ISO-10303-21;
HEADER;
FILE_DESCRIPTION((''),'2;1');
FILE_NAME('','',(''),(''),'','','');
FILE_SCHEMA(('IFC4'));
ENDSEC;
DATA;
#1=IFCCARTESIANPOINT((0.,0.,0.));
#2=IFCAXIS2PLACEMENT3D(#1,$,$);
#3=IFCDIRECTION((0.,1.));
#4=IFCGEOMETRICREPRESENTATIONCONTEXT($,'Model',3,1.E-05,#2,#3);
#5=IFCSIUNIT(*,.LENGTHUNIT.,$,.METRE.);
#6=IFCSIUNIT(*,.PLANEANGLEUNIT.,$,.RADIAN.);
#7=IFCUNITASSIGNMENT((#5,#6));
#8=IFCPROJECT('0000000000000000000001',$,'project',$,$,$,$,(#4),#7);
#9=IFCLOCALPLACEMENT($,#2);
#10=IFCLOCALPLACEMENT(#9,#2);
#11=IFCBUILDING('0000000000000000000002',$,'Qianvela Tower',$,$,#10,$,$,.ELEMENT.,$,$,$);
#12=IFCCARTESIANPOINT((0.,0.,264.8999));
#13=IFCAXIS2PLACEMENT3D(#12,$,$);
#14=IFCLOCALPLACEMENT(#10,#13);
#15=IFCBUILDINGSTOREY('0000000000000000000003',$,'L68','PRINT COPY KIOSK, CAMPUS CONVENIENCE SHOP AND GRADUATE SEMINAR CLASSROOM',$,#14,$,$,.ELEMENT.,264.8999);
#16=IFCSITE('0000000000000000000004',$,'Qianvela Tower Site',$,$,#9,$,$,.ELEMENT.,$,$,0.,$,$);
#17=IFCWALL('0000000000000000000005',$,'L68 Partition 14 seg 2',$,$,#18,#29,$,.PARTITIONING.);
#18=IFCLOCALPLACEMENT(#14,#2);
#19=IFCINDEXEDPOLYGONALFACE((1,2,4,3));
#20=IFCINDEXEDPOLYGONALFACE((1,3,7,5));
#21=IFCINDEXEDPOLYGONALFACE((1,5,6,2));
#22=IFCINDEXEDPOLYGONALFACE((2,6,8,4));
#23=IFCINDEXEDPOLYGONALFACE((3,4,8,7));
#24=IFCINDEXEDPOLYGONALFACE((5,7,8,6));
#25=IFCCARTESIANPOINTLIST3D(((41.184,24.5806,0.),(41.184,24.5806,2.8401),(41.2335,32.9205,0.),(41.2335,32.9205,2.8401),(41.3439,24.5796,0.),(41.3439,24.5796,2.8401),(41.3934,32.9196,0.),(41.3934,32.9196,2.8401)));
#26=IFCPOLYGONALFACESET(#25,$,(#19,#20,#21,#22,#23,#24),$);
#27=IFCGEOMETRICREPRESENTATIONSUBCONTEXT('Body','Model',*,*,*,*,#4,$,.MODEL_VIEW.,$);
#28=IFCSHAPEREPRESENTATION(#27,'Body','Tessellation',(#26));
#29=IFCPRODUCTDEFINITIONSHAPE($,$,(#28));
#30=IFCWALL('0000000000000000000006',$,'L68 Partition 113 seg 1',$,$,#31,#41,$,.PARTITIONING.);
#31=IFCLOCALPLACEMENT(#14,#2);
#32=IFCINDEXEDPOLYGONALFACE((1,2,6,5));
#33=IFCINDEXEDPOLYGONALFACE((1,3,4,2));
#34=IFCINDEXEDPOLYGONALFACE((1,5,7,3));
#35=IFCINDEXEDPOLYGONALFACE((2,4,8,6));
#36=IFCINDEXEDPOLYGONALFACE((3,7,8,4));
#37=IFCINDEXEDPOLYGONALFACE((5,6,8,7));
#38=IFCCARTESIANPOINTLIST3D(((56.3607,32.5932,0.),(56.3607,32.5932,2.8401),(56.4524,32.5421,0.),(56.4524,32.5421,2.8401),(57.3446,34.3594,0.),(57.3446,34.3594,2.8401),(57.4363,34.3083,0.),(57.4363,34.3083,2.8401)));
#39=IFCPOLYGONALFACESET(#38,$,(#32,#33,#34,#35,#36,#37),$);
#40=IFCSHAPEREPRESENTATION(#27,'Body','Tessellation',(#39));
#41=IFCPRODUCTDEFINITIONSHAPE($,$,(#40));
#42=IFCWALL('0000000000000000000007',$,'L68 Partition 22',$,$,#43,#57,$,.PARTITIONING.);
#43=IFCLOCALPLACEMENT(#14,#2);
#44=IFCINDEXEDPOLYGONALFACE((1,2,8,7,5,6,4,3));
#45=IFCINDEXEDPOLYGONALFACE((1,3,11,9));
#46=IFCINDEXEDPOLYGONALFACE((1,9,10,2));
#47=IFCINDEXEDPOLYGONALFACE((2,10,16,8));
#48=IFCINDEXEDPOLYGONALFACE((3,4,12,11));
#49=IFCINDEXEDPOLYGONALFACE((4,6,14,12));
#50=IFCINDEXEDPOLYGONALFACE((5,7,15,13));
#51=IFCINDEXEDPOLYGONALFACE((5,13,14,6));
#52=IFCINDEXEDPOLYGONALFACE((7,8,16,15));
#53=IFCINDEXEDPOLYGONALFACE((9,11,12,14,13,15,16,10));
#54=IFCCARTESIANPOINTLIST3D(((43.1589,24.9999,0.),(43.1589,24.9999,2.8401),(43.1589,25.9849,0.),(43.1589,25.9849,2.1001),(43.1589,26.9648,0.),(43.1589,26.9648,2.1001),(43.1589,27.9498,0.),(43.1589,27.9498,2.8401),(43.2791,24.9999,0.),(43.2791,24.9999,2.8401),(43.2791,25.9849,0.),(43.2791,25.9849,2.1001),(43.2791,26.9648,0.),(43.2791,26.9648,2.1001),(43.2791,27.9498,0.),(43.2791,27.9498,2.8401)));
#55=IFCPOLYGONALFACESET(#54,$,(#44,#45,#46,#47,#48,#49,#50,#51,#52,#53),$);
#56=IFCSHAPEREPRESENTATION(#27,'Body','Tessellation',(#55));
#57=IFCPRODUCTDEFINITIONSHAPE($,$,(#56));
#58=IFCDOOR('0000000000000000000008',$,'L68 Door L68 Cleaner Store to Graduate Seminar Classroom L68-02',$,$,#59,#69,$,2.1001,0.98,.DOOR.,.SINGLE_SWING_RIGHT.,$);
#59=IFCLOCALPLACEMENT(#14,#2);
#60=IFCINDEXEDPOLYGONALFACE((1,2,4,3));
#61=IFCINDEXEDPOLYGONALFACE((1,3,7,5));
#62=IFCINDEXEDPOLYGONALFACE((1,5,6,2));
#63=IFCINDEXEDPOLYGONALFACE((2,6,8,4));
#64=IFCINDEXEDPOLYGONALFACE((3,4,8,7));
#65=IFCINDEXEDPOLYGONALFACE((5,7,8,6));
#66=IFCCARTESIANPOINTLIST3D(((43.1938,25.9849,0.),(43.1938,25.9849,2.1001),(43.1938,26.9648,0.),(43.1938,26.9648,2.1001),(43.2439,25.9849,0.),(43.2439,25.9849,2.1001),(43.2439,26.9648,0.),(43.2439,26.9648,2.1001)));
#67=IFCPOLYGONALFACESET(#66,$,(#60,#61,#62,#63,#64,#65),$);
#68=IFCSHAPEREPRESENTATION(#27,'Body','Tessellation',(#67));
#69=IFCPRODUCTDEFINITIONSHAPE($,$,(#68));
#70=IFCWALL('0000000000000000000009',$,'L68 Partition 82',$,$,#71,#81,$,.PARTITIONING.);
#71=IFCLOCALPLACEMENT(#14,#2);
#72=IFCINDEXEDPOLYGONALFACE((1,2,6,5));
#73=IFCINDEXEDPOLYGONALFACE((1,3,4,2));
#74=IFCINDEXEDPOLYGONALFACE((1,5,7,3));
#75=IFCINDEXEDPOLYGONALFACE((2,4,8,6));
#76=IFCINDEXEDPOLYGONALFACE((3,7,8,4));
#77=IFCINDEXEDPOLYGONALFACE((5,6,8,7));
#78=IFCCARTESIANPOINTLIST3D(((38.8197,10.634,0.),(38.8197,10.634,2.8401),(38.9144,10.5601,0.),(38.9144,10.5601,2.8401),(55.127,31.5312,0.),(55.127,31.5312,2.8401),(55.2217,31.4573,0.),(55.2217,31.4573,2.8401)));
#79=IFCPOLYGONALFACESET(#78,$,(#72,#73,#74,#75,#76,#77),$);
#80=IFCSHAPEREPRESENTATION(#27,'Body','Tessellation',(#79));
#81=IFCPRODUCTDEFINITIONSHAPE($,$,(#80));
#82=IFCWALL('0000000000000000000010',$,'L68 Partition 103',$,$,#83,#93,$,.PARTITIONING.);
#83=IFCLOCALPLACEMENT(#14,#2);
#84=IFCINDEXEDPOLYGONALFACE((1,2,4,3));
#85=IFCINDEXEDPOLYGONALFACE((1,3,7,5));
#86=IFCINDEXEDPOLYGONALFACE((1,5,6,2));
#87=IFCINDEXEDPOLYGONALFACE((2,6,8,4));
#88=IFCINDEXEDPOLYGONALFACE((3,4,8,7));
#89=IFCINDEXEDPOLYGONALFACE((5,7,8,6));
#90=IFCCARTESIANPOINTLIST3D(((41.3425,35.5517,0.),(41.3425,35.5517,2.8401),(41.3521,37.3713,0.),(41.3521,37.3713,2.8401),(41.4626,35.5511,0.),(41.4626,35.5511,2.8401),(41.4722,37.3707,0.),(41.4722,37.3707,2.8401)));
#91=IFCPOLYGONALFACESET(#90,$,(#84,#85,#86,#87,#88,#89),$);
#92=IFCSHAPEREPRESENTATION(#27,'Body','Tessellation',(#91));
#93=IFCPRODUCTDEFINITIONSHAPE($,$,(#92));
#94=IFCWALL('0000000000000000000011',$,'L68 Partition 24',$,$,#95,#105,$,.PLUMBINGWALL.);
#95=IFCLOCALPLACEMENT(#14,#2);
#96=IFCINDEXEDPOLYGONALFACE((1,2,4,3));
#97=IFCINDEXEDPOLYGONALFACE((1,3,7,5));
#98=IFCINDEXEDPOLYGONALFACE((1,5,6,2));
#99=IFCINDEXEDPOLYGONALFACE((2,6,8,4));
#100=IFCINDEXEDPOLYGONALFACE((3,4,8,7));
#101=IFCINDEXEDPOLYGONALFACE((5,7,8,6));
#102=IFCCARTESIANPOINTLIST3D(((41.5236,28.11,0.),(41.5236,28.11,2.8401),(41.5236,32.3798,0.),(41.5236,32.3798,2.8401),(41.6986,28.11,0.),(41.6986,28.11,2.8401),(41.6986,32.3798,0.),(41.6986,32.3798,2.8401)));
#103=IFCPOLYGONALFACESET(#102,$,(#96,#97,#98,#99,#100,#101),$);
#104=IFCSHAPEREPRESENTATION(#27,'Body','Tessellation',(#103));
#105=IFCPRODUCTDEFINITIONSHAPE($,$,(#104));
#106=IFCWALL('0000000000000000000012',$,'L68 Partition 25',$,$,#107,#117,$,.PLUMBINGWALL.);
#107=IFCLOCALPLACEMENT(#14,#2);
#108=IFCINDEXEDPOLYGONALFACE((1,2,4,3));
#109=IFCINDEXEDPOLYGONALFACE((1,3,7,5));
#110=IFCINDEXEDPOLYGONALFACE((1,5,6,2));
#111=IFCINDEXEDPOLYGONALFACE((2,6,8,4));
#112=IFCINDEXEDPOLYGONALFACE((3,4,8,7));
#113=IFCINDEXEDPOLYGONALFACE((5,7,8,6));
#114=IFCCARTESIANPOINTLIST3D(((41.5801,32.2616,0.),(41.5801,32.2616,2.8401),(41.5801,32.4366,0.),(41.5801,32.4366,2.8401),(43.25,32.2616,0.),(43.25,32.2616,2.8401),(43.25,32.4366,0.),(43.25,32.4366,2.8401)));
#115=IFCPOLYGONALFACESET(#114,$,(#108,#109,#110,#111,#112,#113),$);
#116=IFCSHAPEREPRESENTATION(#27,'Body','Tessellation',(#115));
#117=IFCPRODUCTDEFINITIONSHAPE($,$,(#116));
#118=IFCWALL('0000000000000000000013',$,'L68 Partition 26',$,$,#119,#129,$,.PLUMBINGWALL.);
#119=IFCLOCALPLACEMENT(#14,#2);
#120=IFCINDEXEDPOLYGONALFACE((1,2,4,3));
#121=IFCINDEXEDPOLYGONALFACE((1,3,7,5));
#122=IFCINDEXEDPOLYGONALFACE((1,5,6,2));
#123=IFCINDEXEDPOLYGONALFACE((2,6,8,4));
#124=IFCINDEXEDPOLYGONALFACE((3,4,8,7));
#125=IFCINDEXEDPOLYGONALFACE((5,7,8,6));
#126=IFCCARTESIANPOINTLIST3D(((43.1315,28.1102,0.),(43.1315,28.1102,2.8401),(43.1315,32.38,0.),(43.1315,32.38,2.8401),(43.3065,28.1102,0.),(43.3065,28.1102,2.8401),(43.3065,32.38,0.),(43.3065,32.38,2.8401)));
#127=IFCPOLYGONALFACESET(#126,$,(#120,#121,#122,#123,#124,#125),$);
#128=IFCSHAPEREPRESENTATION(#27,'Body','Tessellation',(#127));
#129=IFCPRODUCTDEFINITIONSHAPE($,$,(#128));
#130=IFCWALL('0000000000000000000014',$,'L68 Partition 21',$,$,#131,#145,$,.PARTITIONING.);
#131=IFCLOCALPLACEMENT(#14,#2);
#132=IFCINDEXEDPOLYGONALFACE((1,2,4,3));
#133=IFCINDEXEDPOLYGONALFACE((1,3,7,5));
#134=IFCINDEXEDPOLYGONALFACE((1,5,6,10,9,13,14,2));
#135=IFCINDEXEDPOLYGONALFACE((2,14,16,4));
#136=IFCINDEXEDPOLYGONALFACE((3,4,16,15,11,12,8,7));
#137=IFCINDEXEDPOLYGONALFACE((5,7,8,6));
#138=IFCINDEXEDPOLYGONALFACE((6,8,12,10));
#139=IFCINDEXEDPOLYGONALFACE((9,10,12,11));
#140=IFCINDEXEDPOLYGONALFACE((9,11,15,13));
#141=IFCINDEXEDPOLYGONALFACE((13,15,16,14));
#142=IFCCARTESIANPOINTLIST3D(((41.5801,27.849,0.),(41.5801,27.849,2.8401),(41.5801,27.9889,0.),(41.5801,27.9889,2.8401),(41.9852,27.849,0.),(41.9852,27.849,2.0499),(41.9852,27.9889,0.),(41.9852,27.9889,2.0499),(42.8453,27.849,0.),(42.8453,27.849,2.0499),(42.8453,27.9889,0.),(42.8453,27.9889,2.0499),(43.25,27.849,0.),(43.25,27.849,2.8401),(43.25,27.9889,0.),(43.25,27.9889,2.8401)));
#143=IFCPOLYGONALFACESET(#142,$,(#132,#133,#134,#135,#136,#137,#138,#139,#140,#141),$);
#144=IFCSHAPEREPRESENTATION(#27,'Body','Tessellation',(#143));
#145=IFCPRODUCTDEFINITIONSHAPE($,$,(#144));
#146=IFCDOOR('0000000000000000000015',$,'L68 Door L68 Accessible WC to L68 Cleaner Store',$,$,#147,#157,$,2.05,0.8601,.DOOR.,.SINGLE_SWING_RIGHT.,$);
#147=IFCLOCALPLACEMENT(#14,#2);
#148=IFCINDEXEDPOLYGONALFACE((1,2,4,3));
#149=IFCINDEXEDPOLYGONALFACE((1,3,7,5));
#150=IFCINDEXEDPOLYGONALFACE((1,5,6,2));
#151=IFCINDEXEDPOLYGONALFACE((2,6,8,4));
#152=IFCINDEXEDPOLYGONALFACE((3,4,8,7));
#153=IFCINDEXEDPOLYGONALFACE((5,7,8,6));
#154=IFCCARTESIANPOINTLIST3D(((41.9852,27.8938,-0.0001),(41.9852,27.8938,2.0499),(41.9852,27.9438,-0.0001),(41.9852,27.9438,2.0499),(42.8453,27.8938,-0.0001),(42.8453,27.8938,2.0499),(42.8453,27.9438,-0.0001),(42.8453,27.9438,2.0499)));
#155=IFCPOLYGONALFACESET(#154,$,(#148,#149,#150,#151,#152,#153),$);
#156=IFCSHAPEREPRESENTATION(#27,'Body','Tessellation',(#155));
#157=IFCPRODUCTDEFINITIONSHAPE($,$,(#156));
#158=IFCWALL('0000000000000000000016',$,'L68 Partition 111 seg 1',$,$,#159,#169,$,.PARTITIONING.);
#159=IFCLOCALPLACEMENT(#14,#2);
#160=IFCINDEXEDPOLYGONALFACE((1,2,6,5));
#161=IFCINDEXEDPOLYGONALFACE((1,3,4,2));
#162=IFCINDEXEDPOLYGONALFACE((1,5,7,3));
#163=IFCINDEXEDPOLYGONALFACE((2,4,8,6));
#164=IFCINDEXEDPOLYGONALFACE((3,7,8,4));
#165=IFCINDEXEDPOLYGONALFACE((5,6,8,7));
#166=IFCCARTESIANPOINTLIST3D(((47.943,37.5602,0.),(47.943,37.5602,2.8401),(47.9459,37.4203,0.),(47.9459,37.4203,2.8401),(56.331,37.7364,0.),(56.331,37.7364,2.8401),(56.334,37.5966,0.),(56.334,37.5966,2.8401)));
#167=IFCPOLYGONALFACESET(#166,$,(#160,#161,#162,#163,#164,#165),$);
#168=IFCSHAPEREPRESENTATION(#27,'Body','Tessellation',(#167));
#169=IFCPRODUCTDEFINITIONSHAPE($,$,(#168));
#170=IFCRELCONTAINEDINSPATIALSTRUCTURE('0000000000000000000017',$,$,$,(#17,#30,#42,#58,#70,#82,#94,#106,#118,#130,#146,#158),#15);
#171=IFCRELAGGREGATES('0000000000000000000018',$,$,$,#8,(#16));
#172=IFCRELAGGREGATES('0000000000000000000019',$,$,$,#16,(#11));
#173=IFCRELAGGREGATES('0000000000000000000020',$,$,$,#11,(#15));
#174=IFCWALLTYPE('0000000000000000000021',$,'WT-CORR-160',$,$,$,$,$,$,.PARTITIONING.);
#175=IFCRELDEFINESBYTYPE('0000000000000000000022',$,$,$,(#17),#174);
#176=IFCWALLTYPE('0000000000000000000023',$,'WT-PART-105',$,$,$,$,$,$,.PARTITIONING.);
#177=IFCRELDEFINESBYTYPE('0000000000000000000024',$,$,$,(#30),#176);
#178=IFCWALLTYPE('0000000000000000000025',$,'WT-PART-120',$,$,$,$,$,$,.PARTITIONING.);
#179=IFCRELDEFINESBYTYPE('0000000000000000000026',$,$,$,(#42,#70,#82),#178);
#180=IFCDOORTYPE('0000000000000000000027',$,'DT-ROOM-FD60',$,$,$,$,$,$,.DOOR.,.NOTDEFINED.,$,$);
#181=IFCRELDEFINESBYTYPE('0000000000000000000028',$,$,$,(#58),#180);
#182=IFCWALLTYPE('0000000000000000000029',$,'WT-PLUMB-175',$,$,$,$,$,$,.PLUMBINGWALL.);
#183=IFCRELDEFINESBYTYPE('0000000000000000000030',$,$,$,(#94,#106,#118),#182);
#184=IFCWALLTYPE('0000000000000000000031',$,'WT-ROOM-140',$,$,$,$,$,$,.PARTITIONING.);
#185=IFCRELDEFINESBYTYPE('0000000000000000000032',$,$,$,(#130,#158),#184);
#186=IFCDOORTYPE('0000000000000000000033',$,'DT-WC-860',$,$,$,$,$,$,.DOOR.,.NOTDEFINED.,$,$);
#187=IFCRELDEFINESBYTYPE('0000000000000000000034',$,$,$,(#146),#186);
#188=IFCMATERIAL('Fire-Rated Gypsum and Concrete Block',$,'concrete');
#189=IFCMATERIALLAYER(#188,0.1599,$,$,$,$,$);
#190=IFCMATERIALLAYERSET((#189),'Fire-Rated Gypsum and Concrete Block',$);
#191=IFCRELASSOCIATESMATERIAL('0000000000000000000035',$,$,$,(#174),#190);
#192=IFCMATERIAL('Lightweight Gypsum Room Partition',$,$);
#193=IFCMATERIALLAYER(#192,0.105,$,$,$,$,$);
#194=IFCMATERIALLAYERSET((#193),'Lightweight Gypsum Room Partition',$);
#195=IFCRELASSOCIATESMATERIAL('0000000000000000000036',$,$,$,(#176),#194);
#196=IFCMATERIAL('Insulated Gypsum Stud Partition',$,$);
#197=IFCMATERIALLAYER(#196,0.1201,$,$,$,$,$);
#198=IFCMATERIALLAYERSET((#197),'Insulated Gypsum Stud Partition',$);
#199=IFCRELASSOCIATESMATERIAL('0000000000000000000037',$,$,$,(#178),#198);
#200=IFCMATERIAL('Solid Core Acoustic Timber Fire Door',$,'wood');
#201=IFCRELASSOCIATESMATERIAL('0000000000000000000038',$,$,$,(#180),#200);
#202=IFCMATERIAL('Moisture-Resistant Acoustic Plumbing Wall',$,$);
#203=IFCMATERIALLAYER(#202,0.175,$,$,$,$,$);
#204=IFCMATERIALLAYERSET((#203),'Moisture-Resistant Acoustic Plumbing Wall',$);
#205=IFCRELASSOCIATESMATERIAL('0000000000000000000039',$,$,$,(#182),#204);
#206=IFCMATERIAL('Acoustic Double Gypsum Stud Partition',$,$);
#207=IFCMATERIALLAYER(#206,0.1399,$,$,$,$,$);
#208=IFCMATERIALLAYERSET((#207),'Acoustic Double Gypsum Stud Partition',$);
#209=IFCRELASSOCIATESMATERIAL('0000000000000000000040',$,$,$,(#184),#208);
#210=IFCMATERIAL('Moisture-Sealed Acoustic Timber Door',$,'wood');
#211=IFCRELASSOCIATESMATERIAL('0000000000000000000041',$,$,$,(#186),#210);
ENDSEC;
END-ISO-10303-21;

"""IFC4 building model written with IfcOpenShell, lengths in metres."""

from ifc_helpers import new_model, si_unit, direction, frame, frame_2d, origin, place, context, subcontext, project, spatial, rectangle, extrude, material, layer, layer_set, type_object, element, fill, save


model = new_model("IFC4")

# Units and contexts
model_context = context("Model", 3, precision=1e-05, world=origin(), true_north=direction((0.0, 1.0)))
body_context = subcontext(model_context, "Body", "Model", "MODEL_VIEW")
ifc_project = project(units=[si_unit("LENGTHUNIT", "METRE"), si_unit("PLANEANGLEUNIT", "RADIAN")], contexts=[model_context])

# Site, building, storey
site_placement = place(None, origin())
site = spatial("IfcSite", under=ifc_project, at=site_placement, Name="Qianvela Tower Site", CompositionType="ELEMENT", RefElevation=0.0)
building_placement = place(site_placement, origin())
building = spatial("IfcBuilding", under=site, at=building_placement, Name="Qianvela Tower", CompositionType="ELEMENT")
storey_placement = place(building_placement, frame((0.0, 0.0, 264.8999)))
storey = spatial("IfcBuildingStorey", under=building, at=storey_placement, Name="L68", Description="PRINT COPY KIOSK, CAMPUS CONVENIENCE SHOP AND GRADUATE SEMINAR CLASSROOM", CompositionType="ELEMENT", Elevation=264.8999)

# Walls
ifc_material_1 = material(Name="Fire-Rated Gypsum and Concrete Block", Category="concrete")
ifc_layer_1 = layer(ifc_material_1, 0.1599)
ifc_layer_set_1 = layer_set([ifc_layer_1], Name="Fire-Rated Gypsum and Concrete Block")
wall_type_1 = type_object("IfcWallType", Name="WT-CORR-160", PredefinedType="PARTITIONING", material=ifc_layer_set_1)
wall_1_placement = place(storey_placement, frame((41.3135, 32.9199, 0.0), z_axis=(0.0, 0.0, 1.0), x_axis=(-0.005943, -0.999982, 0.0)))
element("IfcWall", 1, at=wall_1_placement, inside=storey, type_object=wall_type_1, Name="L68 Partition 14 seg 2", PredefinedType="PARTITIONING", context=body_context, shape_type="SweptSolid", body=[
    extrude(rectangle(XDim=8.3401, YDim=0.1599, at=frame_2d((4.1699, 0.0))), origin(), (0.0, 0.0, 1.0), 2.8401),
])
ifc_material_2 = material(Name="Lightweight Gypsum Room Partition")
ifc_layer_2 = layer(ifc_material_2, 0.105)
ifc_layer_set_2 = layer_set([ifc_layer_2], Name="Lightweight Gypsum Room Partition")
wall_type_2 = type_object("IfcWallType", Name="WT-PART-105", PredefinedType="PARTITIONING", material=ifc_layer_set_2)
wall_2_placement = place(storey_placement, frame((57.3904, 34.3337, 0.0), z_axis=(0.0, 0.0, 1.0), x_axis=(-0.486668, -0.873587, 0.0)))
element("IfcWall", 2, at=wall_2_placement, inside=storey, type_object=wall_type_2, Name="L68 Partition 113 seg 1", PredefinedType="PARTITIONING", context=body_context, shape_type="SweptSolid", body=[
    extrude(rectangle(XDim=2.0217, YDim=0.105, at=frame_2d((1.0107, 0.0))), origin(), (0.0, 0.0, 1.0), 2.8401),
])

# Wall, opening, door
ifc_material_3 = material(Name="Insulated Gypsum Stud Partition")
ifc_layer_3 = layer(ifc_material_3, 0.1201)
ifc_layer_set_3 = layer_set([ifc_layer_3], Name="Insulated Gypsum Stud Partition")
wall_type_3 = type_object("IfcWallType", Name="WT-PART-120", PredefinedType="PARTITIONING", material=ifc_layer_set_3)
wall_3_placement = place(storey_placement, frame((43.219, 27.95, 0.0), z_axis=(0.0, 0.0, 1.0), x_axis=(0.0, -1.0, 0.0)))
wall_3 = element("IfcWall", 3, at=wall_3_placement, inside=storey, type_object=wall_type_3, Name="L68 Partition 22", PredefinedType="PARTITIONING", context=body_context, shape_type="SweptSolid", body=[
    extrude(rectangle(XDim=2.95, YDim=0.1201, at=frame_2d((1.4751, 0.0))), origin(), (0.0, 0.0, 1.0), 2.8401),
])
opening_1_placement = place(wall_3_placement, frame((0.9851, 0.0, 0.0)))
opening_1 = element("IfcOpeningElement", 4, at=opening_1_placement, cuts=wall_3, PredefinedType="OPENING", context=body_context, shape_type="SweptSolid", body=[
    extrude(rectangle(XDim=0.98, YDim=2.1001, at=frame_2d((0.49, 1.05))), frame((0.0, 0.0701, 0.0), z_axis=(0.0, -1.0, 0.0), x_axis=(1.0, 0.0, 0.0)), (0.0, 0.0, 1.0), 0.1401),
])
ifc_material_4 = material(Name="Solid Core Acoustic Timber Fire Door", Category="wood")
door_type_1 = type_object("IfcDoorType", Name="DT-ROOM-FD60", OperationType="NOTDEFINED", PredefinedType="DOOR", material=ifc_material_4)
door_1_placement = place(opening_1_placement, origin())
door_1 = element("IfcDoor", 5, at=door_1_placement, inside=storey, type_object=door_type_1, Name="L68 Door L68 Cleaner Store to Graduate Seminar Classroom L68-02", OperationType="SINGLE_SWING_RIGHT", OverallHeight=2.1001, OverallWidth=0.98, PredefinedType="DOOR", context=body_context, shape_type="SweptSolid", body=[
    extrude(rectangle(XDim=0.98, YDim=2.1001, at=frame_2d((0.49, 1.05))), frame((0.0, 0.0249, 0.0), z_axis=(0.0, -1.0, 0.0), x_axis=(1.0, 0.0, 0.0)), (0.0, 0.0, 1.0), 0.05),
])
fill(opening_1, door_1)

# Walls
wall_4_placement = place(storey_placement, frame((55.1743, 31.4941, 0.0), z_axis=(0.0, 0.0, 1.0), x_axis=(-0.615209, -0.788364, 0.0)))
element("IfcWall", 6, at=wall_4_placement, inside=storey, type_object=wall_type_3, Name="L68 Partition 82", PredefinedType="PARTITIONING", context=body_context, shape_type="SweptSolid", body=[
    extrude(rectangle(XDim=26.5071, YDim=0.1201, at=frame_2d((13.2534, 0.0))), origin(), (0.0, 0.0, 1.0), 2.8401),
])
wall_5_placement = place(storey_placement, frame((41.4121, 37.3708, 0.0), z_axis=(0.0, 0.0, 1.0), x_axis=(-0.005233, -0.999986, 0.0)))
element("IfcWall", 7, at=wall_5_placement, inside=storey, type_object=wall_type_3, Name="L68 Partition 103", PredefinedType="PARTITIONING", context=body_context, shape_type="SweptSolid", body=[
    extrude(rectangle(XDim=1.8196, YDim=0.1201, at=frame_2d((0.9097, 0.0))), origin(), (0.0, 0.0, 1.0), 2.8401),
])
ifc_material_5 = material(Name="Moisture-Resistant Acoustic Plumbing Wall")
ifc_layer_4 = layer(ifc_material_5, 0.175)
ifc_layer_set_4 = layer_set([ifc_layer_4], Name="Moisture-Resistant Acoustic Plumbing Wall")
wall_type_4 = type_object("IfcWallType", Name="WT-PLUMB-175", PredefinedType="PLUMBINGWALL", material=ifc_layer_set_4)
wall_6_placement = place(storey_placement, frame((41.6111, 28.1101, 0.0), z_axis=(0.0, 0.0, 1.0), x_axis=(0.0, 1.0, 0.0)))
element("IfcWall", 8, at=wall_6_placement, inside=storey, type_object=wall_type_4, Name="L68 Partition 24", PredefinedType="PLUMBINGWALL", context=body_context, shape_type="SweptSolid", body=[
    extrude(rectangle(XDim=4.2698, YDim=0.175, at=frame_2d((2.1348, 0.0))), origin(), (0.0, 0.0, 1.0), 2.8401),
])
wall_7_placement = place(storey_placement, frame((41.5801, 32.3491, 0.0), z_axis=(0.0, 0.0, 1.0), x_axis=(1.0, 0.0, 0.0)))
element("IfcWall", 9, at=wall_7_placement, inside=storey, type_object=wall_type_4, Name="L68 Partition 25", PredefinedType="PLUMBINGWALL", context=body_context, shape_type="SweptSolid", body=[
    extrude(rectangle(XDim=1.6699, YDim=0.175, at=frame_2d((0.835, 0.0))), origin(), (0.0, 0.0, 1.0), 2.8401),
])
wall_8_placement = place(storey_placement, frame((43.219, 32.3799, 0.0), z_axis=(0.0, 0.0, 1.0), x_axis=(0.0, -1.0, 0.0)))
element("IfcWall", 10, at=wall_8_placement, inside=storey, type_object=wall_type_4, Name="L68 Partition 26", PredefinedType="PLUMBINGWALL", context=body_context, shape_type="SweptSolid", body=[
    extrude(rectangle(XDim=4.2698, YDim=0.175, at=frame_2d((2.1348, 0.0))), origin(), (0.0, 0.0, 1.0), 2.8401),
])

# Wall, opening, door
ifc_material_6 = material(Name="Acoustic Double Gypsum Stud Partition")
ifc_layer_5 = layer(ifc_material_6, 0.1399)
ifc_layer_set_5 = layer_set([ifc_layer_5], Name="Acoustic Double Gypsum Stud Partition")
wall_type_5 = type_object("IfcWallType", Name="WT-ROOM-140", PredefinedType="PARTITIONING", material=ifc_layer_set_5)
wall_9_placement = place(storey_placement, frame((41.5801, 27.9189, 0.0), z_axis=(0.0, 0.0, 1.0), x_axis=(1.0, 0.0, 0.0)))
wall_9 = element("IfcWall", 11, at=wall_9_placement, inside=storey, type_object=wall_type_5, Name="L68 Partition 21", PredefinedType="PARTITIONING", context=body_context, shape_type="SweptSolid", body=[
    extrude(rectangle(XDim=1.6699, YDim=0.1399, at=frame_2d((0.835, 0.0))), origin(), (0.0, 0.0, 1.0), 2.8401),
])
opening_2_placement = place(wall_9_placement, frame((0.405, 0.0, 0.0)))
opening_2 = element("IfcOpeningElement", 12, at=opening_2_placement, cuts=wall_9, PredefinedType="OPENING", context=body_context, shape_type="SweptSolid", body=[
    extrude(rectangle(XDim=0.8601, YDim=2.05, at=frame_2d((0.4302, 1.0249))), frame((0.0, 0.0798, 0.0), z_axis=(0.0, -1.0, 0.0), x_axis=(1.0, 0.0, 0.0)), (0.0, 0.0, 1.0), 0.1599),
])
ifc_material_7 = material(Name="Moisture-Sealed Acoustic Timber Door", Category="wood")
door_type_2 = type_object("IfcDoorType", Name="DT-WC-860", OperationType="NOTDEFINED", PredefinedType="DOOR", material=ifc_material_7)
door_2_placement = place(opening_2_placement, origin())
door_2 = element("IfcDoor", 13, at=door_2_placement, inside=storey, type_object=door_type_2, Name="L68 Door L68 Accessible WC to L68 Cleaner Store", OperationType="SINGLE_SWING_RIGHT", OverallHeight=2.05, OverallWidth=0.8601, PredefinedType="DOOR", context=body_context, shape_type="SweptSolid", body=[
    extrude(rectangle(XDim=0.8601, YDim=2.05, at=frame_2d((0.4302, 1.0249))), frame((0.0, 0.0249, 0.0), z_axis=(0.0, -1.0, 0.0), x_axis=(1.0, 0.0, 0.0)), (0.0, 0.0, 1.0), 0.05),
])
fill(opening_2, door_2)

# Wall
wall_10_placement = place(storey_placement, frame((47.9446, 37.4902, 0.0), z_axis=(0.0, 0.0, 1.0), x_axis=(0.999779, 0.02101, 0.0)))
element("IfcWall", 14, at=wall_10_placement, inside=storey, type_object=wall_type_5, Name="L68 Partition 111 seg 1", PredefinedType="PARTITIONING", context=body_context, shape_type="SweptSolid", body=[
    extrude(rectangle(XDim=8.3899, YDim=0.1399, at=frame_2d((4.1948, 0.0))), origin(), (0.0, 0.0, 1.0), 2.8401),
])

save(model, "model.ifc")
